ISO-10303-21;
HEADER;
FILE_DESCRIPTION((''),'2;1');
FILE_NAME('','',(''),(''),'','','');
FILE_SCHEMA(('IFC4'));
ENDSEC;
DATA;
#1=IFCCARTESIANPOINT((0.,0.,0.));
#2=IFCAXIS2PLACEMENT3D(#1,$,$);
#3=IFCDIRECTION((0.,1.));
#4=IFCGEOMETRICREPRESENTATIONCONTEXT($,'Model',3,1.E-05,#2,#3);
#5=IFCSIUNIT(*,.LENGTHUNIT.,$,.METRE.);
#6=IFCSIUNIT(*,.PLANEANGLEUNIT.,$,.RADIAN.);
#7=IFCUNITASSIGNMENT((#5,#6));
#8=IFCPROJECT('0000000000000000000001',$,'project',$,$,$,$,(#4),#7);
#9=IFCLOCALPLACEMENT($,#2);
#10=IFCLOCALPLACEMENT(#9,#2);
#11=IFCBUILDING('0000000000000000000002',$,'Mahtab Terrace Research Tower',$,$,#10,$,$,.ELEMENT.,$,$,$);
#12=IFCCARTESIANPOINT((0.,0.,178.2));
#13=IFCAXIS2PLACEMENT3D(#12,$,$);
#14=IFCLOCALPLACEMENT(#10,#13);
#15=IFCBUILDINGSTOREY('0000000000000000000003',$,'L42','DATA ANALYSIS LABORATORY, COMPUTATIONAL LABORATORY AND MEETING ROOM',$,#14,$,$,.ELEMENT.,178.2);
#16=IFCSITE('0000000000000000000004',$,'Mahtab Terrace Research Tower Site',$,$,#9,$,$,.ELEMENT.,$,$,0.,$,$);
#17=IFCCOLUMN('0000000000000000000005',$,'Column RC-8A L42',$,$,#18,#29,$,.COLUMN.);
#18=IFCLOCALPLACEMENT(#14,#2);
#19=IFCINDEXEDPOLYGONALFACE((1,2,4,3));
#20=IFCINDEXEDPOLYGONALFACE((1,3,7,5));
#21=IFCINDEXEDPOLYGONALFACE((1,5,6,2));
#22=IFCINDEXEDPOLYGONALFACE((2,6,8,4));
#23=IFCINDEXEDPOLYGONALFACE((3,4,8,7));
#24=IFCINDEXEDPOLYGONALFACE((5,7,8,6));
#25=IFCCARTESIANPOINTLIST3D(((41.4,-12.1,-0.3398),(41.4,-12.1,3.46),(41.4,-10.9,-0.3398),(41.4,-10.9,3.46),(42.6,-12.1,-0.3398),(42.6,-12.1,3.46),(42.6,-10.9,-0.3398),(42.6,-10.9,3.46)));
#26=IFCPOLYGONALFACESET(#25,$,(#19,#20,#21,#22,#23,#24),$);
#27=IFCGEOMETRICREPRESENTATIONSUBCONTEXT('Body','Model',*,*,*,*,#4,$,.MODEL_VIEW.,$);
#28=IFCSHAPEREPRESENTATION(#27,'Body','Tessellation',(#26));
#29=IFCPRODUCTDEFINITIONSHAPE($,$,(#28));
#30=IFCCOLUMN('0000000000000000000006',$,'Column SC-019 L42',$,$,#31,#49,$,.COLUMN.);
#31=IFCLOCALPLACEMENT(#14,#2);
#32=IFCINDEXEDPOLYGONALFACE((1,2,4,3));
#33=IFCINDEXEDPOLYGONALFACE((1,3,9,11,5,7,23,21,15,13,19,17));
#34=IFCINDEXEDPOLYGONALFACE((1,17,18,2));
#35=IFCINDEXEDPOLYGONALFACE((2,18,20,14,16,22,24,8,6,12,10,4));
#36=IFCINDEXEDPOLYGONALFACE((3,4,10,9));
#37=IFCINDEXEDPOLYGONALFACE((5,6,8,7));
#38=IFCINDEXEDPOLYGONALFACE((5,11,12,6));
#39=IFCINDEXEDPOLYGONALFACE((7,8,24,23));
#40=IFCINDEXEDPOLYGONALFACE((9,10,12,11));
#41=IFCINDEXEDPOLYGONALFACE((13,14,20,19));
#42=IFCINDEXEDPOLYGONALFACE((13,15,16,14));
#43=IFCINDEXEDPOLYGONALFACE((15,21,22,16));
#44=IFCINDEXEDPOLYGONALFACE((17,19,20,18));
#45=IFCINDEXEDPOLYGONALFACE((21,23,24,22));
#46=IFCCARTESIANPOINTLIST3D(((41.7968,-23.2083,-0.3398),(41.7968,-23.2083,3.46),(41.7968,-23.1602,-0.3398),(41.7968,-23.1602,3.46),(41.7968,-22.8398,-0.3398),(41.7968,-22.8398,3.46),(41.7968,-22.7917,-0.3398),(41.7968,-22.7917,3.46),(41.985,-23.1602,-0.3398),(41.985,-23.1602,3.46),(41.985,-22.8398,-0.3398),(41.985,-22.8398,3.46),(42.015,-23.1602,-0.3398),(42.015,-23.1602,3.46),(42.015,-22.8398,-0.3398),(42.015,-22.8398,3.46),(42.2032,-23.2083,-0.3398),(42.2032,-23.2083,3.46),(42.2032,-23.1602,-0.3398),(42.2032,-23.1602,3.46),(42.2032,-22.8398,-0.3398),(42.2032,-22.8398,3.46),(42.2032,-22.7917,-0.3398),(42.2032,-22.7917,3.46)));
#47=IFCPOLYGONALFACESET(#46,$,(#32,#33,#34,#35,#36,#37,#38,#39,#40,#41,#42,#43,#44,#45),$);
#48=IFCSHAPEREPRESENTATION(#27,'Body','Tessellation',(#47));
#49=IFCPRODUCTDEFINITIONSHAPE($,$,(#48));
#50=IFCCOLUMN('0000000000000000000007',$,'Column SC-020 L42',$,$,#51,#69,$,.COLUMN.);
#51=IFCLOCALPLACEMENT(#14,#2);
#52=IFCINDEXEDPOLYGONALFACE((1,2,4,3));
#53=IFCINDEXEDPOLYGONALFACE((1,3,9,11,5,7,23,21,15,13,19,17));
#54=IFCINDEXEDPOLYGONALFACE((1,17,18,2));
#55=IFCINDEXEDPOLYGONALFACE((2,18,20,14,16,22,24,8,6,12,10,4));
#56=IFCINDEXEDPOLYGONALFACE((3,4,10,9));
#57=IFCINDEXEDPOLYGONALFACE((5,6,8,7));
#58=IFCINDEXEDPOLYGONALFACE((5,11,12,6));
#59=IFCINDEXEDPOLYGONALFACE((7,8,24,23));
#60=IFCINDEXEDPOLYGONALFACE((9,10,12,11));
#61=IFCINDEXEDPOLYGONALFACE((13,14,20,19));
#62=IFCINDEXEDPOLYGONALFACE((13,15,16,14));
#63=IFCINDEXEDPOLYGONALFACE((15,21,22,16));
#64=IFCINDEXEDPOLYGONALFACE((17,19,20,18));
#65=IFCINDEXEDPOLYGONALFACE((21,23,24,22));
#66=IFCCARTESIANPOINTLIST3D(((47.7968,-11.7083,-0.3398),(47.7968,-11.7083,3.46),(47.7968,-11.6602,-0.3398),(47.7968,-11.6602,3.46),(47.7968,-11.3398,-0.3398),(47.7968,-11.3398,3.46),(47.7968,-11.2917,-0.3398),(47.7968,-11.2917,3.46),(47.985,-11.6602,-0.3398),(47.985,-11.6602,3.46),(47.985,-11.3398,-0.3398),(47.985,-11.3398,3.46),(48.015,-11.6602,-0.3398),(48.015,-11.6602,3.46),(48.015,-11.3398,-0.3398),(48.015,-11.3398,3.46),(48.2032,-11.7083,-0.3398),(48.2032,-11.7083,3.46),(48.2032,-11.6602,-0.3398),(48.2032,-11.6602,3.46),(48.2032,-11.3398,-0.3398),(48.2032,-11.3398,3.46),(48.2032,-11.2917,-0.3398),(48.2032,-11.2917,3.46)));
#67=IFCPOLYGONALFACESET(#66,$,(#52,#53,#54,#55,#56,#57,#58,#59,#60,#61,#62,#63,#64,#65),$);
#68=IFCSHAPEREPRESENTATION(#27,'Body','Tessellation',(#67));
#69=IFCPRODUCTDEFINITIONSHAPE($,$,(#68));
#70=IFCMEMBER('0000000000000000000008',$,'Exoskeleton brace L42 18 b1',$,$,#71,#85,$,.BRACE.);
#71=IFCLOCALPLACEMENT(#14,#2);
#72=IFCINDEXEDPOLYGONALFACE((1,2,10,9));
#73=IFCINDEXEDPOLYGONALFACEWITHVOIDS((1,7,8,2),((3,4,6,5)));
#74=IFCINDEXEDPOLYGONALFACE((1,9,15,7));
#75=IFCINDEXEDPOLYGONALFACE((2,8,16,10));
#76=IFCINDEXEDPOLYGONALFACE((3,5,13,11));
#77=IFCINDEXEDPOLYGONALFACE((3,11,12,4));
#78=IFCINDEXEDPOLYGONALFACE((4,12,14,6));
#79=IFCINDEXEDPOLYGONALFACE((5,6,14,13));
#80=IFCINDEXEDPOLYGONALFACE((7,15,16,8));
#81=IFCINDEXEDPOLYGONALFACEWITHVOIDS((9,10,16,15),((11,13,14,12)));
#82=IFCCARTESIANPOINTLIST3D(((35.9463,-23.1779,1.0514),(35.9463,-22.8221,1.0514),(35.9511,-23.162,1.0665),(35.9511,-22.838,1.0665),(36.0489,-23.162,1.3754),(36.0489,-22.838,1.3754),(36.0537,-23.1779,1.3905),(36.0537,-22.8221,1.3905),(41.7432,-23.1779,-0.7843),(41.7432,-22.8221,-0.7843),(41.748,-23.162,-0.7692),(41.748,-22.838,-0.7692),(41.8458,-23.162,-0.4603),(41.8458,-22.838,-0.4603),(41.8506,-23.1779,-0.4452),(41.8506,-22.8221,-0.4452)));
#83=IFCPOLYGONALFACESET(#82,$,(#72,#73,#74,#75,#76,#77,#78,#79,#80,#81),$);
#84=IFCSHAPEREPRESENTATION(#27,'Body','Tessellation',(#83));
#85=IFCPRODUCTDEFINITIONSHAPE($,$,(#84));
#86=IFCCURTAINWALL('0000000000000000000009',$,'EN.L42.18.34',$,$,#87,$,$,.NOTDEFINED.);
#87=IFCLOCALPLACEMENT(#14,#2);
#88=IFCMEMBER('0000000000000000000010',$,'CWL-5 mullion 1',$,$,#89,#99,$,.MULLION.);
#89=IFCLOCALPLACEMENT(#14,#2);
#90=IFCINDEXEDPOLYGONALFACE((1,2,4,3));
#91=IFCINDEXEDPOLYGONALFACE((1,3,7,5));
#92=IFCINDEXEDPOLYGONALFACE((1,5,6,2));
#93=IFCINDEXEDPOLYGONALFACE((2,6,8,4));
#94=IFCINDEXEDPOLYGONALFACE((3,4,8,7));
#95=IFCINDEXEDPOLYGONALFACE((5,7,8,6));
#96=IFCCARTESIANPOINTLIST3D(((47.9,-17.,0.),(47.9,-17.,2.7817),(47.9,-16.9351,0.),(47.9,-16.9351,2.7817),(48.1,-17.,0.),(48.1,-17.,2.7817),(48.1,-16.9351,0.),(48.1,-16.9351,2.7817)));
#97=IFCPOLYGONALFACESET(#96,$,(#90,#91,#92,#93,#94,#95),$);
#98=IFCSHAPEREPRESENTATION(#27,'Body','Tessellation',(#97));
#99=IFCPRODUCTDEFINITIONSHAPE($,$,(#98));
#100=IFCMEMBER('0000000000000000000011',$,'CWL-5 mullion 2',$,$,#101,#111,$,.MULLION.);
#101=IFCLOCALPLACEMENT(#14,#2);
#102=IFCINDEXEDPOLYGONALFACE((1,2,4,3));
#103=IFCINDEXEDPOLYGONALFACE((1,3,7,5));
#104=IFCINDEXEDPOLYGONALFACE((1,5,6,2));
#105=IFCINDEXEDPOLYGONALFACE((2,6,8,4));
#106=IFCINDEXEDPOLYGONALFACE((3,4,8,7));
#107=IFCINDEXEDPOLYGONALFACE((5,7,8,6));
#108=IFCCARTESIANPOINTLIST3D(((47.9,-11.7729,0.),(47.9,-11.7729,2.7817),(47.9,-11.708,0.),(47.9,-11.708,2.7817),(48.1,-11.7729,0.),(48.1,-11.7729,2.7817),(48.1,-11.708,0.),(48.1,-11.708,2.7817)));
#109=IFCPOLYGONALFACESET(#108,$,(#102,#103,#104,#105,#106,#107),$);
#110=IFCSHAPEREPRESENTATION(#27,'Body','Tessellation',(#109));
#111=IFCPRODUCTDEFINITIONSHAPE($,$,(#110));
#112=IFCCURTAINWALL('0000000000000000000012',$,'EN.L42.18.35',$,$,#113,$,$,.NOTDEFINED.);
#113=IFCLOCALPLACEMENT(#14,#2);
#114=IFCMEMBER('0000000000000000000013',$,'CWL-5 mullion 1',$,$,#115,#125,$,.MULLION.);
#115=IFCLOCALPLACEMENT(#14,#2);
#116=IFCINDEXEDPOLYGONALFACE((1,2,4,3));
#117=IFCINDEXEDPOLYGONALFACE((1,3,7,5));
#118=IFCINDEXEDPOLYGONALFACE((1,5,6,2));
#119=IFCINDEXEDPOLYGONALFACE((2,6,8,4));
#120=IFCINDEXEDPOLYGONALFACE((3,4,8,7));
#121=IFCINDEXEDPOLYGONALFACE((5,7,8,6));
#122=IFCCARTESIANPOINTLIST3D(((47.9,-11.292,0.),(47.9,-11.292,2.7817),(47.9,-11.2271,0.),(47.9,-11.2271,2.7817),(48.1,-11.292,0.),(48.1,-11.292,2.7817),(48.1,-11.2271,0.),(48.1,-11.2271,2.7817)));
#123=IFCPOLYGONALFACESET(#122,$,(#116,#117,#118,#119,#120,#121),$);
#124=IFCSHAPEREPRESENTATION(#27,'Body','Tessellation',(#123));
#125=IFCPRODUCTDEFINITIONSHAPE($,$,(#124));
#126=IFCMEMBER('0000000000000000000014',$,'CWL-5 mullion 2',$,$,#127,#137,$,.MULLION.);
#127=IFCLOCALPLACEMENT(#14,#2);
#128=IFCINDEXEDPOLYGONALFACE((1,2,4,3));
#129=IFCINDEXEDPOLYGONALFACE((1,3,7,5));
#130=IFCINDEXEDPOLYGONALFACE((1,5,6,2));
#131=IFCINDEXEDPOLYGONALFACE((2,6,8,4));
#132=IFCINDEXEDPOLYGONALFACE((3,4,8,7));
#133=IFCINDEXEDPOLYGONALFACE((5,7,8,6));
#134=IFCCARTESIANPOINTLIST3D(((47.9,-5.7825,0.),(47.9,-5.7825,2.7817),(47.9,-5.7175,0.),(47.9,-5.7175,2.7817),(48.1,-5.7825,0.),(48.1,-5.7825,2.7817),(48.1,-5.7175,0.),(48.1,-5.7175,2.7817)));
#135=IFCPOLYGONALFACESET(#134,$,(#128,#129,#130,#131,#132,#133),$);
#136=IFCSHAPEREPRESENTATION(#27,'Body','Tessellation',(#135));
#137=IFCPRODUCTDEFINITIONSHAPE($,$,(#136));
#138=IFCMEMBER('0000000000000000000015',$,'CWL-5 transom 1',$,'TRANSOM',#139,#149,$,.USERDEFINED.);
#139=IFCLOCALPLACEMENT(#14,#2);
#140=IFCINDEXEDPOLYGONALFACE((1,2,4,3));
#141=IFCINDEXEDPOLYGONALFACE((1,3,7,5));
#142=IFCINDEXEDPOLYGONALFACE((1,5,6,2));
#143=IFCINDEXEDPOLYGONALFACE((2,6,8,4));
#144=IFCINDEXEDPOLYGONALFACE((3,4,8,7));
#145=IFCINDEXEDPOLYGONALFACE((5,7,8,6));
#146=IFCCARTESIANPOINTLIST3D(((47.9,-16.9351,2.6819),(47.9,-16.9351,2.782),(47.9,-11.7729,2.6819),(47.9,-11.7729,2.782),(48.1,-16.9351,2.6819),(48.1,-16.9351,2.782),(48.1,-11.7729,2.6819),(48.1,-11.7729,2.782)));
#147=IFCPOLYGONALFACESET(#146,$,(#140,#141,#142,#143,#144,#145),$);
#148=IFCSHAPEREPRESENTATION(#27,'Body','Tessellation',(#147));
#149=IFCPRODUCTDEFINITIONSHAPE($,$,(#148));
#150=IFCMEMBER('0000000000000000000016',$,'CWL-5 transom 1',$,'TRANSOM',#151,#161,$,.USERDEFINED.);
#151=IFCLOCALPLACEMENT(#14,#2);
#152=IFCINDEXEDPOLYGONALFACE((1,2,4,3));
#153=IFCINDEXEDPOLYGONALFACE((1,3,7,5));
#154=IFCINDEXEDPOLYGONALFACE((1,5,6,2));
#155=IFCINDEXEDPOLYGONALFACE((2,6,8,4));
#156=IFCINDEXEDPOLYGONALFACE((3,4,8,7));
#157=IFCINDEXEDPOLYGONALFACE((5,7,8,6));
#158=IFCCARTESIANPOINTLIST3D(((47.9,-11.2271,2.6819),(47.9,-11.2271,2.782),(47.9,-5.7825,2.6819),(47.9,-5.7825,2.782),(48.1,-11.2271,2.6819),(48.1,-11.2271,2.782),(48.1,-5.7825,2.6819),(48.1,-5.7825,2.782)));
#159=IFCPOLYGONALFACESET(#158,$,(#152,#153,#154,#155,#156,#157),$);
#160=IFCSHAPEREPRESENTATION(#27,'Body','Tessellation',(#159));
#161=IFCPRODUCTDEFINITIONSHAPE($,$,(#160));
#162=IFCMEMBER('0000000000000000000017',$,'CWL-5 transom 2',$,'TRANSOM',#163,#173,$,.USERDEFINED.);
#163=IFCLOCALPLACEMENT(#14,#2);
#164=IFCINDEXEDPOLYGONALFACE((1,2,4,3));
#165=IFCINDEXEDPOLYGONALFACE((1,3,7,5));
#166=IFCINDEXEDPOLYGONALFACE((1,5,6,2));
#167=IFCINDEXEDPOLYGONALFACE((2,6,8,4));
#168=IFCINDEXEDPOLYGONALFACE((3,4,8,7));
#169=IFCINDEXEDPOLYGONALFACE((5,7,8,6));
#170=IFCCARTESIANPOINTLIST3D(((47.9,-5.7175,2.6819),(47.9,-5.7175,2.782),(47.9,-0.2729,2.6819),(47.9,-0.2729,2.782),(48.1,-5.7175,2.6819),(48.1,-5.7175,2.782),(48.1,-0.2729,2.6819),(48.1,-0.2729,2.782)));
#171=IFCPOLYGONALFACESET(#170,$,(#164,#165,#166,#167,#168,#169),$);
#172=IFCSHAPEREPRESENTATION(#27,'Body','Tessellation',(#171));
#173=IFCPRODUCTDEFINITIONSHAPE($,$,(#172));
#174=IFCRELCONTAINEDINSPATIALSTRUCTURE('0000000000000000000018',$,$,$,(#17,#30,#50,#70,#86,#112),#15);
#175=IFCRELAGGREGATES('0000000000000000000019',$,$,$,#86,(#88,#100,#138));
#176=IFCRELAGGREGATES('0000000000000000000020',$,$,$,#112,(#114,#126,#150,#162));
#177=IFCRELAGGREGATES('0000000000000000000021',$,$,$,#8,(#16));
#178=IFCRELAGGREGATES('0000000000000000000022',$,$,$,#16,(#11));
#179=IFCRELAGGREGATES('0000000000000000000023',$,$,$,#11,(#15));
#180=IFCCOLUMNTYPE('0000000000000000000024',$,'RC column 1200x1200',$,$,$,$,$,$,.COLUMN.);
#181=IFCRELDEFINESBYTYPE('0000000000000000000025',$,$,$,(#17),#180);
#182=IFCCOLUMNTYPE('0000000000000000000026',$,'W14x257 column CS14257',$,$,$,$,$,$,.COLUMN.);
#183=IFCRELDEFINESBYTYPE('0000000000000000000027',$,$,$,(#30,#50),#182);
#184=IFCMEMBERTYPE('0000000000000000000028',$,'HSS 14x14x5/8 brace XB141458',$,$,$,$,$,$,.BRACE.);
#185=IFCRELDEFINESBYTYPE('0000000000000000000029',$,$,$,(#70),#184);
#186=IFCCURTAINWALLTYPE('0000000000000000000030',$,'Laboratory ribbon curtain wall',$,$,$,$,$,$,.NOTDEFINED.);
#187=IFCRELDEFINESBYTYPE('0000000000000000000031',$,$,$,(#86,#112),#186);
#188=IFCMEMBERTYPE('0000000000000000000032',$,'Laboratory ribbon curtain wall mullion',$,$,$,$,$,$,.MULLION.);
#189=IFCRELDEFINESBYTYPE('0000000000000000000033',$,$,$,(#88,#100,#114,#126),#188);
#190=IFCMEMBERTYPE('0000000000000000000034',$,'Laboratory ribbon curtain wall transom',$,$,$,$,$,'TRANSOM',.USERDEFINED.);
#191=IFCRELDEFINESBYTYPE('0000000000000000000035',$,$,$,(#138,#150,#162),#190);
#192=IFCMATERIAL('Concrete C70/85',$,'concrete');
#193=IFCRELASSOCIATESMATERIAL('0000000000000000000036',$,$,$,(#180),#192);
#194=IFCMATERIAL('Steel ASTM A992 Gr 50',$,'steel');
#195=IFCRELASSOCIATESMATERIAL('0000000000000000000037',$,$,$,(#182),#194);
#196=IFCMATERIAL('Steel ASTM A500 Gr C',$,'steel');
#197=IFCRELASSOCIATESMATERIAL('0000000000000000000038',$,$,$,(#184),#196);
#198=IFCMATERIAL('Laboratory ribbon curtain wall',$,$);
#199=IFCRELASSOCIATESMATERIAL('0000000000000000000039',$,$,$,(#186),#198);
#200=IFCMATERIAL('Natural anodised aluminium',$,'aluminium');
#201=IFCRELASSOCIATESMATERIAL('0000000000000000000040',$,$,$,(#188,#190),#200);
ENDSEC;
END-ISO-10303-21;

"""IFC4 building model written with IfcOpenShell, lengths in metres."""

from ifc_helpers import new_model, si_unit, direction, frame, origin, origin_2d, place, context, subcontext, project, spatial, rectangle, hollow_rectangle, i_section, extrude, material, material_profile, profile_set, type_object, element, aggregate, save


model = new_model("IFC4")

# Units and contexts
model_context = context("Model", 3, precision=1e-05, world=origin(), true_north=direction((0.0, 1.0)))
body_context = subcontext(model_context, "Body", "Model", "MODEL_VIEW")
ifc_project = project(units=[si_unit("LENGTHUNIT", "METRE"), si_unit("PLANEANGLEUNIT", "RADIAN")], contexts=[model_context])

# Site, building, storey
site_placement = place(None, origin())
site = spatial("IfcSite", under=ifc_project, at=site_placement, Name="Mahtab Terrace Research Tower Site", CompositionType="ELEMENT", RefElevation=0.0)
building_placement = place(site_placement, origin())
building = spatial("IfcBuilding", under=site, at=building_placement, Name="Mahtab Terrace Research Tower", CompositionType="ELEMENT")
storey_placement = place(building_placement, frame((0.0, 0.0, 178.2)))
storey = spatial("IfcBuildingStorey", under=building, at=storey_placement, Name="L42", Description="DATA ANALYSIS LABORATORY, COMPUTATIONAL LABORATORY AND MEETING ROOM", CompositionType="ELEMENT", Elevation=178.2)

# Columns
ifc_material_1 = material(Name="Concrete C70/85", Category="concrete")
ifc_material_profile_1 = material_profile(ifc_material_1, rectangle(XDim=1.2, YDim=1.2, at=origin_2d()), Name="RC column 1200x1200")
ifc_profile_set_1 = profile_set([ifc_material_profile_1], Name="Concrete C70/85")
column_type_1 = type_object("IfcColumnType", Name="RC column 1200x1200", PredefinedType="COLUMN", material=ifc_profile_set_1)
column_placement = place(storey_placement, frame((42.0, -11.5, -0.3398), z_axis=(0.0, 0.0, 1.0), x_axis=(1.0, 0.0, 0.0)))
element("IfcColumn", 1, at=column_placement, inside=storey, type_object=column_type_1, Name="Column RC-8A L42", PredefinedType="COLUMN", context=body_context, shape_type="SweptSolid", body=[
    extrude(rectangle(XDim=1.2, YDim=1.2, at=origin_2d()), origin(), (0.0, 0.0, 1.0), 3.7998),
])
ifc_material_2 = material(Name="Steel ASTM A992 Gr 50", Category="steel")
ifc_material_profile_2 = material_profile(ifc_material_2, i_section(OverallWidth=0.4065, OverallDepth=0.4165, WebThickness=0.03, FlangeThickness=0.0481, at=origin_2d()), Name="W14X257")
ifc_profile_set_2 = profile_set([ifc_material_profile_2], Name="Steel ASTM A992 Gr 50")
column_type_2 = type_object("IfcColumnType", Name="W14x257 column CS14257", PredefinedType="COLUMN", material=ifc_profile_set_2)
for number, where, z_axis, x_axis, name in (
    (2, (42.0, -23.0, -0.3398), (0.0, 0.0, 1.0), (1.0, 0.0, 0.0), "Column SC-019 L42"),
    (3, (48.0, -11.5, -0.3398), (0.0, 0.0, 1.0), (1.0, 0.0, 0.0), "Column SC-020 L42"),
):
    element("IfcColumn", number, at=place(storey_placement, frame(where, z_axis=z_axis, x_axis=x_axis)), inside=storey, type_object=column_type_2, Name=name, PredefinedType="COLUMN", context=body_context, shape_type="SweptSolid", body=[
        extrude(i_section(OverallWidth=0.4065, OverallDepth=0.4165, WebThickness=0.03, FlangeThickness=0.0481, at=origin_2d()), origin(), (0.0, 0.0, 1.0), 3.7998),
    ])

# Member
ifc_material_3 = material(Name="Steel ASTM A500 Gr C", Category="steel")
ifc_material_profile_3 = material_profile(ifc_material_3, hollow_rectangle(XDim=0.3557, YDim=0.3557, WallThickness=0.0159, at=origin_2d()), Name="HSS14X14X5/8")
ifc_profile_set_3 = profile_set([ifc_material_profile_3], Name="Steel ASTM A500 Gr C")
member_type_1 = type_object("IfcMemberType", Name="HSS 14x14x5/8 brace XB141458", PredefinedType="BRACE", material=ifc_profile_set_3)
member_1_placement = place(storey_placement, frame((41.7969, -23.0, -0.6147), z_axis=(-0.953341, 0.0, 0.301894), x_axis=(0.0, -1.0, 0.0)))
element("IfcMember", 4, at=member_1_placement, inside=storey, type_object=member_type_1, Name="Exoskeleton brace L42 18 b1", PredefinedType="BRACE", context=body_context, shape_type="SweptSolid", body=[
    extrude(hollow_rectangle(XDim=0.3557, YDim=0.3557, WallThickness=0.0159, at=origin_2d()), origin(), (0.0, 0.0, 1.0), 6.0806),
])

# Curtain walls, members
ifc_material_4 = material(Name="Laboratory ribbon curtain wall")
curtain_wall_type = type_object("IfcCurtainWallType", Name="Laboratory ribbon curtain wall", PredefinedType="NOTDEFINED", material=ifc_material_4)
curtain_wall_1_placement = place(storey_placement, origin())
curtain_wall_1 = element("IfcCurtainWall", 5, at=curtain_wall_1_placement, inside=storey, type_object=curtain_wall_type, Name="EN.L42.18.34", PredefinedType="NOTDEFINED")
ifc_material_5 = material(Name="Natural anodised aluminium", Category="aluminium")
ifc_material_profile_4 = material_profile(ifc_material_5, rectangle(XDim=0.2, YDim=0.0649, at=origin_2d()), Name="MULLION 65x200")
ifc_profile_set_4 = profile_set([ifc_material_profile_4], Name="Natural anodised aluminium")
member_type_2 = type_object("IfcMemberType", Name="Laboratory ribbon curtain wall mullion", PredefinedType="MULLION", material=ifc_profile_set_4)
member_2_placement = place(storey_placement, frame((48.0, -16.9675, 0.0), z_axis=(0.0, 0.0, 1.0), x_axis=(-1.0, 0.0, 0.0)))
member_2 = element("IfcMember", 6, at=member_2_placement, type_object=member_type_2, Name="CWL-5 mullion 1", PredefinedType="MULLION", context=body_context, shape_type="SweptSolid", body=[
    extrude(rectangle(XDim=0.2, YDim=0.0649, at=origin_2d()), origin(), (0.0, 0.0, 1.0), 2.7817),
])
member_3_placement = place(storey_placement, frame((48.0, -11.7405, 0.0), z_axis=(0.0, 0.0, 1.0), x_axis=(-1.0, 0.0, 0.0)))
member_3 = element("IfcMember", 7, at=member_3_placement, type_object=member_type_2, Name="CWL-5 mullion 2", PredefinedType="MULLION", context=body_context, shape_type="SweptSolid", body=[
    extrude(rectangle(XDim=0.2, YDim=0.0649, at=origin_2d()), origin(), (0.0, 0.0, 1.0), 2.7817),
])
curtain_wall_2_placement = place(storey_placement, origin())
curtain_wall_2 = element("IfcCurtainWall", 8, at=curtain_wall_2_placement, inside=storey, type_object=curtain_wall_type, Name="EN.L42.18.35", PredefinedType="NOTDEFINED")
member_4_placement = place(storey_placement, frame((48.0, -11.2595, 0.0), z_axis=(0.0, 0.0, 1.0), x_axis=(-1.0, 0.0, 0.0)))
member_4 = element("IfcMember", 9, at=member_4_placement, type_object=member_type_2, Name="CWL-5 mullion 1", PredefinedType="MULLION", context=body_context, shape_type="SweptSolid", body=[
    extrude(rectangle(XDim=0.2, YDim=0.0649, at=origin_2d()), origin(), (0.0, 0.0, 1.0), 2.7817),
])
member_5_placement = place(storey_placement, frame((48.0, -5.75, 0.0), z_axis=(0.0, 0.0, 1.0), x_axis=(-1.0, 0.0, 0.0)))
member_5 = element("IfcMember", 10, at=member_5_placement, type_object=member_type_2, Name="CWL-5 mullion 2", PredefinedType="MULLION", context=body_context, shape_type="SweptSolid", body=[
    extrude(rectangle(XDim=0.2, YDim=0.0649, at=origin_2d()), origin(), (0.0, 0.0, 1.0), 2.7817),
])

# Members
ifc_material_profile_5 = material_profile(ifc_material_5, rectangle(XDim=0.2, YDim=0.1001, at=origin_2d()), Name="TRANSOM 100x200")
ifc_profile_set_5 = profile_set([ifc_material_profile_5], Name="Natural anodised aluminium")
member_type_3 = type_object("IfcMemberType", Name="Laboratory ribbon curtain wall transom", ElementType="TRANSOM", PredefinedType="USERDEFINED", material=ifc_profile_set_5)
member_6_placement = place(storey_placement, frame((48.0, -16.9351, 2.7319), z_axis=(0.0, 1.0, 0.0), x_axis=(-1.0, 0.0, 0.0)))
member_6 = element("IfcMember", 11, at=member_6_placement, type_object=member_type_3, Name="CWL-5 transom 1", ObjectType="TRANSOM", PredefinedType="USERDEFINED", context=body_context, shape_type="SweptSolid", body=[
    extrude(rectangle(XDim=0.2, YDim=0.1001, at=origin_2d()), origin(), (0.0, 0.0, 1.0), 5.1621),
])
member_7_placement = place(storey_placement, frame((48.0, -11.2271, 2.7319), z_axis=(0.0, 1.0, 0.0), x_axis=(-1.0, 0.0, 0.0)))
member_7 = element("IfcMember", 12, at=member_7_placement, type_object=member_type_3, Name="CWL-5 transom 1", ObjectType="TRANSOM", PredefinedType="USERDEFINED", context=body_context, shape_type="SweptSolid", body=[
    extrude(rectangle(XDim=0.2, YDim=0.1001, at=origin_2d()), origin(), (0.0, 0.0, 1.0), 5.4446),
])
member_8_placement = place(storey_placement, frame((48.0, -5.7175, 2.7319), z_axis=(0.0, 1.0, 0.0), x_axis=(-1.0, 0.0, 0.0)))
member_8 = element("IfcMember", 13, at=member_8_placement, type_object=member_type_3, Name="CWL-5 transom 2", ObjectType="TRANSOM", PredefinedType="USERDEFINED", context=body_context, shape_type="SweptSolid", body=[
    extrude(rectangle(XDim=0.2, YDim=0.1001, at=origin_2d()), origin(), (0.0, 0.0, 1.0), 5.4446),
])

aggregate(curtain_wall_1, [member_2, member_3, member_6])
aggregate(curtain_wall_2, [member_4, member_5, member_7, member_8])

save(model, "model.ifc")
